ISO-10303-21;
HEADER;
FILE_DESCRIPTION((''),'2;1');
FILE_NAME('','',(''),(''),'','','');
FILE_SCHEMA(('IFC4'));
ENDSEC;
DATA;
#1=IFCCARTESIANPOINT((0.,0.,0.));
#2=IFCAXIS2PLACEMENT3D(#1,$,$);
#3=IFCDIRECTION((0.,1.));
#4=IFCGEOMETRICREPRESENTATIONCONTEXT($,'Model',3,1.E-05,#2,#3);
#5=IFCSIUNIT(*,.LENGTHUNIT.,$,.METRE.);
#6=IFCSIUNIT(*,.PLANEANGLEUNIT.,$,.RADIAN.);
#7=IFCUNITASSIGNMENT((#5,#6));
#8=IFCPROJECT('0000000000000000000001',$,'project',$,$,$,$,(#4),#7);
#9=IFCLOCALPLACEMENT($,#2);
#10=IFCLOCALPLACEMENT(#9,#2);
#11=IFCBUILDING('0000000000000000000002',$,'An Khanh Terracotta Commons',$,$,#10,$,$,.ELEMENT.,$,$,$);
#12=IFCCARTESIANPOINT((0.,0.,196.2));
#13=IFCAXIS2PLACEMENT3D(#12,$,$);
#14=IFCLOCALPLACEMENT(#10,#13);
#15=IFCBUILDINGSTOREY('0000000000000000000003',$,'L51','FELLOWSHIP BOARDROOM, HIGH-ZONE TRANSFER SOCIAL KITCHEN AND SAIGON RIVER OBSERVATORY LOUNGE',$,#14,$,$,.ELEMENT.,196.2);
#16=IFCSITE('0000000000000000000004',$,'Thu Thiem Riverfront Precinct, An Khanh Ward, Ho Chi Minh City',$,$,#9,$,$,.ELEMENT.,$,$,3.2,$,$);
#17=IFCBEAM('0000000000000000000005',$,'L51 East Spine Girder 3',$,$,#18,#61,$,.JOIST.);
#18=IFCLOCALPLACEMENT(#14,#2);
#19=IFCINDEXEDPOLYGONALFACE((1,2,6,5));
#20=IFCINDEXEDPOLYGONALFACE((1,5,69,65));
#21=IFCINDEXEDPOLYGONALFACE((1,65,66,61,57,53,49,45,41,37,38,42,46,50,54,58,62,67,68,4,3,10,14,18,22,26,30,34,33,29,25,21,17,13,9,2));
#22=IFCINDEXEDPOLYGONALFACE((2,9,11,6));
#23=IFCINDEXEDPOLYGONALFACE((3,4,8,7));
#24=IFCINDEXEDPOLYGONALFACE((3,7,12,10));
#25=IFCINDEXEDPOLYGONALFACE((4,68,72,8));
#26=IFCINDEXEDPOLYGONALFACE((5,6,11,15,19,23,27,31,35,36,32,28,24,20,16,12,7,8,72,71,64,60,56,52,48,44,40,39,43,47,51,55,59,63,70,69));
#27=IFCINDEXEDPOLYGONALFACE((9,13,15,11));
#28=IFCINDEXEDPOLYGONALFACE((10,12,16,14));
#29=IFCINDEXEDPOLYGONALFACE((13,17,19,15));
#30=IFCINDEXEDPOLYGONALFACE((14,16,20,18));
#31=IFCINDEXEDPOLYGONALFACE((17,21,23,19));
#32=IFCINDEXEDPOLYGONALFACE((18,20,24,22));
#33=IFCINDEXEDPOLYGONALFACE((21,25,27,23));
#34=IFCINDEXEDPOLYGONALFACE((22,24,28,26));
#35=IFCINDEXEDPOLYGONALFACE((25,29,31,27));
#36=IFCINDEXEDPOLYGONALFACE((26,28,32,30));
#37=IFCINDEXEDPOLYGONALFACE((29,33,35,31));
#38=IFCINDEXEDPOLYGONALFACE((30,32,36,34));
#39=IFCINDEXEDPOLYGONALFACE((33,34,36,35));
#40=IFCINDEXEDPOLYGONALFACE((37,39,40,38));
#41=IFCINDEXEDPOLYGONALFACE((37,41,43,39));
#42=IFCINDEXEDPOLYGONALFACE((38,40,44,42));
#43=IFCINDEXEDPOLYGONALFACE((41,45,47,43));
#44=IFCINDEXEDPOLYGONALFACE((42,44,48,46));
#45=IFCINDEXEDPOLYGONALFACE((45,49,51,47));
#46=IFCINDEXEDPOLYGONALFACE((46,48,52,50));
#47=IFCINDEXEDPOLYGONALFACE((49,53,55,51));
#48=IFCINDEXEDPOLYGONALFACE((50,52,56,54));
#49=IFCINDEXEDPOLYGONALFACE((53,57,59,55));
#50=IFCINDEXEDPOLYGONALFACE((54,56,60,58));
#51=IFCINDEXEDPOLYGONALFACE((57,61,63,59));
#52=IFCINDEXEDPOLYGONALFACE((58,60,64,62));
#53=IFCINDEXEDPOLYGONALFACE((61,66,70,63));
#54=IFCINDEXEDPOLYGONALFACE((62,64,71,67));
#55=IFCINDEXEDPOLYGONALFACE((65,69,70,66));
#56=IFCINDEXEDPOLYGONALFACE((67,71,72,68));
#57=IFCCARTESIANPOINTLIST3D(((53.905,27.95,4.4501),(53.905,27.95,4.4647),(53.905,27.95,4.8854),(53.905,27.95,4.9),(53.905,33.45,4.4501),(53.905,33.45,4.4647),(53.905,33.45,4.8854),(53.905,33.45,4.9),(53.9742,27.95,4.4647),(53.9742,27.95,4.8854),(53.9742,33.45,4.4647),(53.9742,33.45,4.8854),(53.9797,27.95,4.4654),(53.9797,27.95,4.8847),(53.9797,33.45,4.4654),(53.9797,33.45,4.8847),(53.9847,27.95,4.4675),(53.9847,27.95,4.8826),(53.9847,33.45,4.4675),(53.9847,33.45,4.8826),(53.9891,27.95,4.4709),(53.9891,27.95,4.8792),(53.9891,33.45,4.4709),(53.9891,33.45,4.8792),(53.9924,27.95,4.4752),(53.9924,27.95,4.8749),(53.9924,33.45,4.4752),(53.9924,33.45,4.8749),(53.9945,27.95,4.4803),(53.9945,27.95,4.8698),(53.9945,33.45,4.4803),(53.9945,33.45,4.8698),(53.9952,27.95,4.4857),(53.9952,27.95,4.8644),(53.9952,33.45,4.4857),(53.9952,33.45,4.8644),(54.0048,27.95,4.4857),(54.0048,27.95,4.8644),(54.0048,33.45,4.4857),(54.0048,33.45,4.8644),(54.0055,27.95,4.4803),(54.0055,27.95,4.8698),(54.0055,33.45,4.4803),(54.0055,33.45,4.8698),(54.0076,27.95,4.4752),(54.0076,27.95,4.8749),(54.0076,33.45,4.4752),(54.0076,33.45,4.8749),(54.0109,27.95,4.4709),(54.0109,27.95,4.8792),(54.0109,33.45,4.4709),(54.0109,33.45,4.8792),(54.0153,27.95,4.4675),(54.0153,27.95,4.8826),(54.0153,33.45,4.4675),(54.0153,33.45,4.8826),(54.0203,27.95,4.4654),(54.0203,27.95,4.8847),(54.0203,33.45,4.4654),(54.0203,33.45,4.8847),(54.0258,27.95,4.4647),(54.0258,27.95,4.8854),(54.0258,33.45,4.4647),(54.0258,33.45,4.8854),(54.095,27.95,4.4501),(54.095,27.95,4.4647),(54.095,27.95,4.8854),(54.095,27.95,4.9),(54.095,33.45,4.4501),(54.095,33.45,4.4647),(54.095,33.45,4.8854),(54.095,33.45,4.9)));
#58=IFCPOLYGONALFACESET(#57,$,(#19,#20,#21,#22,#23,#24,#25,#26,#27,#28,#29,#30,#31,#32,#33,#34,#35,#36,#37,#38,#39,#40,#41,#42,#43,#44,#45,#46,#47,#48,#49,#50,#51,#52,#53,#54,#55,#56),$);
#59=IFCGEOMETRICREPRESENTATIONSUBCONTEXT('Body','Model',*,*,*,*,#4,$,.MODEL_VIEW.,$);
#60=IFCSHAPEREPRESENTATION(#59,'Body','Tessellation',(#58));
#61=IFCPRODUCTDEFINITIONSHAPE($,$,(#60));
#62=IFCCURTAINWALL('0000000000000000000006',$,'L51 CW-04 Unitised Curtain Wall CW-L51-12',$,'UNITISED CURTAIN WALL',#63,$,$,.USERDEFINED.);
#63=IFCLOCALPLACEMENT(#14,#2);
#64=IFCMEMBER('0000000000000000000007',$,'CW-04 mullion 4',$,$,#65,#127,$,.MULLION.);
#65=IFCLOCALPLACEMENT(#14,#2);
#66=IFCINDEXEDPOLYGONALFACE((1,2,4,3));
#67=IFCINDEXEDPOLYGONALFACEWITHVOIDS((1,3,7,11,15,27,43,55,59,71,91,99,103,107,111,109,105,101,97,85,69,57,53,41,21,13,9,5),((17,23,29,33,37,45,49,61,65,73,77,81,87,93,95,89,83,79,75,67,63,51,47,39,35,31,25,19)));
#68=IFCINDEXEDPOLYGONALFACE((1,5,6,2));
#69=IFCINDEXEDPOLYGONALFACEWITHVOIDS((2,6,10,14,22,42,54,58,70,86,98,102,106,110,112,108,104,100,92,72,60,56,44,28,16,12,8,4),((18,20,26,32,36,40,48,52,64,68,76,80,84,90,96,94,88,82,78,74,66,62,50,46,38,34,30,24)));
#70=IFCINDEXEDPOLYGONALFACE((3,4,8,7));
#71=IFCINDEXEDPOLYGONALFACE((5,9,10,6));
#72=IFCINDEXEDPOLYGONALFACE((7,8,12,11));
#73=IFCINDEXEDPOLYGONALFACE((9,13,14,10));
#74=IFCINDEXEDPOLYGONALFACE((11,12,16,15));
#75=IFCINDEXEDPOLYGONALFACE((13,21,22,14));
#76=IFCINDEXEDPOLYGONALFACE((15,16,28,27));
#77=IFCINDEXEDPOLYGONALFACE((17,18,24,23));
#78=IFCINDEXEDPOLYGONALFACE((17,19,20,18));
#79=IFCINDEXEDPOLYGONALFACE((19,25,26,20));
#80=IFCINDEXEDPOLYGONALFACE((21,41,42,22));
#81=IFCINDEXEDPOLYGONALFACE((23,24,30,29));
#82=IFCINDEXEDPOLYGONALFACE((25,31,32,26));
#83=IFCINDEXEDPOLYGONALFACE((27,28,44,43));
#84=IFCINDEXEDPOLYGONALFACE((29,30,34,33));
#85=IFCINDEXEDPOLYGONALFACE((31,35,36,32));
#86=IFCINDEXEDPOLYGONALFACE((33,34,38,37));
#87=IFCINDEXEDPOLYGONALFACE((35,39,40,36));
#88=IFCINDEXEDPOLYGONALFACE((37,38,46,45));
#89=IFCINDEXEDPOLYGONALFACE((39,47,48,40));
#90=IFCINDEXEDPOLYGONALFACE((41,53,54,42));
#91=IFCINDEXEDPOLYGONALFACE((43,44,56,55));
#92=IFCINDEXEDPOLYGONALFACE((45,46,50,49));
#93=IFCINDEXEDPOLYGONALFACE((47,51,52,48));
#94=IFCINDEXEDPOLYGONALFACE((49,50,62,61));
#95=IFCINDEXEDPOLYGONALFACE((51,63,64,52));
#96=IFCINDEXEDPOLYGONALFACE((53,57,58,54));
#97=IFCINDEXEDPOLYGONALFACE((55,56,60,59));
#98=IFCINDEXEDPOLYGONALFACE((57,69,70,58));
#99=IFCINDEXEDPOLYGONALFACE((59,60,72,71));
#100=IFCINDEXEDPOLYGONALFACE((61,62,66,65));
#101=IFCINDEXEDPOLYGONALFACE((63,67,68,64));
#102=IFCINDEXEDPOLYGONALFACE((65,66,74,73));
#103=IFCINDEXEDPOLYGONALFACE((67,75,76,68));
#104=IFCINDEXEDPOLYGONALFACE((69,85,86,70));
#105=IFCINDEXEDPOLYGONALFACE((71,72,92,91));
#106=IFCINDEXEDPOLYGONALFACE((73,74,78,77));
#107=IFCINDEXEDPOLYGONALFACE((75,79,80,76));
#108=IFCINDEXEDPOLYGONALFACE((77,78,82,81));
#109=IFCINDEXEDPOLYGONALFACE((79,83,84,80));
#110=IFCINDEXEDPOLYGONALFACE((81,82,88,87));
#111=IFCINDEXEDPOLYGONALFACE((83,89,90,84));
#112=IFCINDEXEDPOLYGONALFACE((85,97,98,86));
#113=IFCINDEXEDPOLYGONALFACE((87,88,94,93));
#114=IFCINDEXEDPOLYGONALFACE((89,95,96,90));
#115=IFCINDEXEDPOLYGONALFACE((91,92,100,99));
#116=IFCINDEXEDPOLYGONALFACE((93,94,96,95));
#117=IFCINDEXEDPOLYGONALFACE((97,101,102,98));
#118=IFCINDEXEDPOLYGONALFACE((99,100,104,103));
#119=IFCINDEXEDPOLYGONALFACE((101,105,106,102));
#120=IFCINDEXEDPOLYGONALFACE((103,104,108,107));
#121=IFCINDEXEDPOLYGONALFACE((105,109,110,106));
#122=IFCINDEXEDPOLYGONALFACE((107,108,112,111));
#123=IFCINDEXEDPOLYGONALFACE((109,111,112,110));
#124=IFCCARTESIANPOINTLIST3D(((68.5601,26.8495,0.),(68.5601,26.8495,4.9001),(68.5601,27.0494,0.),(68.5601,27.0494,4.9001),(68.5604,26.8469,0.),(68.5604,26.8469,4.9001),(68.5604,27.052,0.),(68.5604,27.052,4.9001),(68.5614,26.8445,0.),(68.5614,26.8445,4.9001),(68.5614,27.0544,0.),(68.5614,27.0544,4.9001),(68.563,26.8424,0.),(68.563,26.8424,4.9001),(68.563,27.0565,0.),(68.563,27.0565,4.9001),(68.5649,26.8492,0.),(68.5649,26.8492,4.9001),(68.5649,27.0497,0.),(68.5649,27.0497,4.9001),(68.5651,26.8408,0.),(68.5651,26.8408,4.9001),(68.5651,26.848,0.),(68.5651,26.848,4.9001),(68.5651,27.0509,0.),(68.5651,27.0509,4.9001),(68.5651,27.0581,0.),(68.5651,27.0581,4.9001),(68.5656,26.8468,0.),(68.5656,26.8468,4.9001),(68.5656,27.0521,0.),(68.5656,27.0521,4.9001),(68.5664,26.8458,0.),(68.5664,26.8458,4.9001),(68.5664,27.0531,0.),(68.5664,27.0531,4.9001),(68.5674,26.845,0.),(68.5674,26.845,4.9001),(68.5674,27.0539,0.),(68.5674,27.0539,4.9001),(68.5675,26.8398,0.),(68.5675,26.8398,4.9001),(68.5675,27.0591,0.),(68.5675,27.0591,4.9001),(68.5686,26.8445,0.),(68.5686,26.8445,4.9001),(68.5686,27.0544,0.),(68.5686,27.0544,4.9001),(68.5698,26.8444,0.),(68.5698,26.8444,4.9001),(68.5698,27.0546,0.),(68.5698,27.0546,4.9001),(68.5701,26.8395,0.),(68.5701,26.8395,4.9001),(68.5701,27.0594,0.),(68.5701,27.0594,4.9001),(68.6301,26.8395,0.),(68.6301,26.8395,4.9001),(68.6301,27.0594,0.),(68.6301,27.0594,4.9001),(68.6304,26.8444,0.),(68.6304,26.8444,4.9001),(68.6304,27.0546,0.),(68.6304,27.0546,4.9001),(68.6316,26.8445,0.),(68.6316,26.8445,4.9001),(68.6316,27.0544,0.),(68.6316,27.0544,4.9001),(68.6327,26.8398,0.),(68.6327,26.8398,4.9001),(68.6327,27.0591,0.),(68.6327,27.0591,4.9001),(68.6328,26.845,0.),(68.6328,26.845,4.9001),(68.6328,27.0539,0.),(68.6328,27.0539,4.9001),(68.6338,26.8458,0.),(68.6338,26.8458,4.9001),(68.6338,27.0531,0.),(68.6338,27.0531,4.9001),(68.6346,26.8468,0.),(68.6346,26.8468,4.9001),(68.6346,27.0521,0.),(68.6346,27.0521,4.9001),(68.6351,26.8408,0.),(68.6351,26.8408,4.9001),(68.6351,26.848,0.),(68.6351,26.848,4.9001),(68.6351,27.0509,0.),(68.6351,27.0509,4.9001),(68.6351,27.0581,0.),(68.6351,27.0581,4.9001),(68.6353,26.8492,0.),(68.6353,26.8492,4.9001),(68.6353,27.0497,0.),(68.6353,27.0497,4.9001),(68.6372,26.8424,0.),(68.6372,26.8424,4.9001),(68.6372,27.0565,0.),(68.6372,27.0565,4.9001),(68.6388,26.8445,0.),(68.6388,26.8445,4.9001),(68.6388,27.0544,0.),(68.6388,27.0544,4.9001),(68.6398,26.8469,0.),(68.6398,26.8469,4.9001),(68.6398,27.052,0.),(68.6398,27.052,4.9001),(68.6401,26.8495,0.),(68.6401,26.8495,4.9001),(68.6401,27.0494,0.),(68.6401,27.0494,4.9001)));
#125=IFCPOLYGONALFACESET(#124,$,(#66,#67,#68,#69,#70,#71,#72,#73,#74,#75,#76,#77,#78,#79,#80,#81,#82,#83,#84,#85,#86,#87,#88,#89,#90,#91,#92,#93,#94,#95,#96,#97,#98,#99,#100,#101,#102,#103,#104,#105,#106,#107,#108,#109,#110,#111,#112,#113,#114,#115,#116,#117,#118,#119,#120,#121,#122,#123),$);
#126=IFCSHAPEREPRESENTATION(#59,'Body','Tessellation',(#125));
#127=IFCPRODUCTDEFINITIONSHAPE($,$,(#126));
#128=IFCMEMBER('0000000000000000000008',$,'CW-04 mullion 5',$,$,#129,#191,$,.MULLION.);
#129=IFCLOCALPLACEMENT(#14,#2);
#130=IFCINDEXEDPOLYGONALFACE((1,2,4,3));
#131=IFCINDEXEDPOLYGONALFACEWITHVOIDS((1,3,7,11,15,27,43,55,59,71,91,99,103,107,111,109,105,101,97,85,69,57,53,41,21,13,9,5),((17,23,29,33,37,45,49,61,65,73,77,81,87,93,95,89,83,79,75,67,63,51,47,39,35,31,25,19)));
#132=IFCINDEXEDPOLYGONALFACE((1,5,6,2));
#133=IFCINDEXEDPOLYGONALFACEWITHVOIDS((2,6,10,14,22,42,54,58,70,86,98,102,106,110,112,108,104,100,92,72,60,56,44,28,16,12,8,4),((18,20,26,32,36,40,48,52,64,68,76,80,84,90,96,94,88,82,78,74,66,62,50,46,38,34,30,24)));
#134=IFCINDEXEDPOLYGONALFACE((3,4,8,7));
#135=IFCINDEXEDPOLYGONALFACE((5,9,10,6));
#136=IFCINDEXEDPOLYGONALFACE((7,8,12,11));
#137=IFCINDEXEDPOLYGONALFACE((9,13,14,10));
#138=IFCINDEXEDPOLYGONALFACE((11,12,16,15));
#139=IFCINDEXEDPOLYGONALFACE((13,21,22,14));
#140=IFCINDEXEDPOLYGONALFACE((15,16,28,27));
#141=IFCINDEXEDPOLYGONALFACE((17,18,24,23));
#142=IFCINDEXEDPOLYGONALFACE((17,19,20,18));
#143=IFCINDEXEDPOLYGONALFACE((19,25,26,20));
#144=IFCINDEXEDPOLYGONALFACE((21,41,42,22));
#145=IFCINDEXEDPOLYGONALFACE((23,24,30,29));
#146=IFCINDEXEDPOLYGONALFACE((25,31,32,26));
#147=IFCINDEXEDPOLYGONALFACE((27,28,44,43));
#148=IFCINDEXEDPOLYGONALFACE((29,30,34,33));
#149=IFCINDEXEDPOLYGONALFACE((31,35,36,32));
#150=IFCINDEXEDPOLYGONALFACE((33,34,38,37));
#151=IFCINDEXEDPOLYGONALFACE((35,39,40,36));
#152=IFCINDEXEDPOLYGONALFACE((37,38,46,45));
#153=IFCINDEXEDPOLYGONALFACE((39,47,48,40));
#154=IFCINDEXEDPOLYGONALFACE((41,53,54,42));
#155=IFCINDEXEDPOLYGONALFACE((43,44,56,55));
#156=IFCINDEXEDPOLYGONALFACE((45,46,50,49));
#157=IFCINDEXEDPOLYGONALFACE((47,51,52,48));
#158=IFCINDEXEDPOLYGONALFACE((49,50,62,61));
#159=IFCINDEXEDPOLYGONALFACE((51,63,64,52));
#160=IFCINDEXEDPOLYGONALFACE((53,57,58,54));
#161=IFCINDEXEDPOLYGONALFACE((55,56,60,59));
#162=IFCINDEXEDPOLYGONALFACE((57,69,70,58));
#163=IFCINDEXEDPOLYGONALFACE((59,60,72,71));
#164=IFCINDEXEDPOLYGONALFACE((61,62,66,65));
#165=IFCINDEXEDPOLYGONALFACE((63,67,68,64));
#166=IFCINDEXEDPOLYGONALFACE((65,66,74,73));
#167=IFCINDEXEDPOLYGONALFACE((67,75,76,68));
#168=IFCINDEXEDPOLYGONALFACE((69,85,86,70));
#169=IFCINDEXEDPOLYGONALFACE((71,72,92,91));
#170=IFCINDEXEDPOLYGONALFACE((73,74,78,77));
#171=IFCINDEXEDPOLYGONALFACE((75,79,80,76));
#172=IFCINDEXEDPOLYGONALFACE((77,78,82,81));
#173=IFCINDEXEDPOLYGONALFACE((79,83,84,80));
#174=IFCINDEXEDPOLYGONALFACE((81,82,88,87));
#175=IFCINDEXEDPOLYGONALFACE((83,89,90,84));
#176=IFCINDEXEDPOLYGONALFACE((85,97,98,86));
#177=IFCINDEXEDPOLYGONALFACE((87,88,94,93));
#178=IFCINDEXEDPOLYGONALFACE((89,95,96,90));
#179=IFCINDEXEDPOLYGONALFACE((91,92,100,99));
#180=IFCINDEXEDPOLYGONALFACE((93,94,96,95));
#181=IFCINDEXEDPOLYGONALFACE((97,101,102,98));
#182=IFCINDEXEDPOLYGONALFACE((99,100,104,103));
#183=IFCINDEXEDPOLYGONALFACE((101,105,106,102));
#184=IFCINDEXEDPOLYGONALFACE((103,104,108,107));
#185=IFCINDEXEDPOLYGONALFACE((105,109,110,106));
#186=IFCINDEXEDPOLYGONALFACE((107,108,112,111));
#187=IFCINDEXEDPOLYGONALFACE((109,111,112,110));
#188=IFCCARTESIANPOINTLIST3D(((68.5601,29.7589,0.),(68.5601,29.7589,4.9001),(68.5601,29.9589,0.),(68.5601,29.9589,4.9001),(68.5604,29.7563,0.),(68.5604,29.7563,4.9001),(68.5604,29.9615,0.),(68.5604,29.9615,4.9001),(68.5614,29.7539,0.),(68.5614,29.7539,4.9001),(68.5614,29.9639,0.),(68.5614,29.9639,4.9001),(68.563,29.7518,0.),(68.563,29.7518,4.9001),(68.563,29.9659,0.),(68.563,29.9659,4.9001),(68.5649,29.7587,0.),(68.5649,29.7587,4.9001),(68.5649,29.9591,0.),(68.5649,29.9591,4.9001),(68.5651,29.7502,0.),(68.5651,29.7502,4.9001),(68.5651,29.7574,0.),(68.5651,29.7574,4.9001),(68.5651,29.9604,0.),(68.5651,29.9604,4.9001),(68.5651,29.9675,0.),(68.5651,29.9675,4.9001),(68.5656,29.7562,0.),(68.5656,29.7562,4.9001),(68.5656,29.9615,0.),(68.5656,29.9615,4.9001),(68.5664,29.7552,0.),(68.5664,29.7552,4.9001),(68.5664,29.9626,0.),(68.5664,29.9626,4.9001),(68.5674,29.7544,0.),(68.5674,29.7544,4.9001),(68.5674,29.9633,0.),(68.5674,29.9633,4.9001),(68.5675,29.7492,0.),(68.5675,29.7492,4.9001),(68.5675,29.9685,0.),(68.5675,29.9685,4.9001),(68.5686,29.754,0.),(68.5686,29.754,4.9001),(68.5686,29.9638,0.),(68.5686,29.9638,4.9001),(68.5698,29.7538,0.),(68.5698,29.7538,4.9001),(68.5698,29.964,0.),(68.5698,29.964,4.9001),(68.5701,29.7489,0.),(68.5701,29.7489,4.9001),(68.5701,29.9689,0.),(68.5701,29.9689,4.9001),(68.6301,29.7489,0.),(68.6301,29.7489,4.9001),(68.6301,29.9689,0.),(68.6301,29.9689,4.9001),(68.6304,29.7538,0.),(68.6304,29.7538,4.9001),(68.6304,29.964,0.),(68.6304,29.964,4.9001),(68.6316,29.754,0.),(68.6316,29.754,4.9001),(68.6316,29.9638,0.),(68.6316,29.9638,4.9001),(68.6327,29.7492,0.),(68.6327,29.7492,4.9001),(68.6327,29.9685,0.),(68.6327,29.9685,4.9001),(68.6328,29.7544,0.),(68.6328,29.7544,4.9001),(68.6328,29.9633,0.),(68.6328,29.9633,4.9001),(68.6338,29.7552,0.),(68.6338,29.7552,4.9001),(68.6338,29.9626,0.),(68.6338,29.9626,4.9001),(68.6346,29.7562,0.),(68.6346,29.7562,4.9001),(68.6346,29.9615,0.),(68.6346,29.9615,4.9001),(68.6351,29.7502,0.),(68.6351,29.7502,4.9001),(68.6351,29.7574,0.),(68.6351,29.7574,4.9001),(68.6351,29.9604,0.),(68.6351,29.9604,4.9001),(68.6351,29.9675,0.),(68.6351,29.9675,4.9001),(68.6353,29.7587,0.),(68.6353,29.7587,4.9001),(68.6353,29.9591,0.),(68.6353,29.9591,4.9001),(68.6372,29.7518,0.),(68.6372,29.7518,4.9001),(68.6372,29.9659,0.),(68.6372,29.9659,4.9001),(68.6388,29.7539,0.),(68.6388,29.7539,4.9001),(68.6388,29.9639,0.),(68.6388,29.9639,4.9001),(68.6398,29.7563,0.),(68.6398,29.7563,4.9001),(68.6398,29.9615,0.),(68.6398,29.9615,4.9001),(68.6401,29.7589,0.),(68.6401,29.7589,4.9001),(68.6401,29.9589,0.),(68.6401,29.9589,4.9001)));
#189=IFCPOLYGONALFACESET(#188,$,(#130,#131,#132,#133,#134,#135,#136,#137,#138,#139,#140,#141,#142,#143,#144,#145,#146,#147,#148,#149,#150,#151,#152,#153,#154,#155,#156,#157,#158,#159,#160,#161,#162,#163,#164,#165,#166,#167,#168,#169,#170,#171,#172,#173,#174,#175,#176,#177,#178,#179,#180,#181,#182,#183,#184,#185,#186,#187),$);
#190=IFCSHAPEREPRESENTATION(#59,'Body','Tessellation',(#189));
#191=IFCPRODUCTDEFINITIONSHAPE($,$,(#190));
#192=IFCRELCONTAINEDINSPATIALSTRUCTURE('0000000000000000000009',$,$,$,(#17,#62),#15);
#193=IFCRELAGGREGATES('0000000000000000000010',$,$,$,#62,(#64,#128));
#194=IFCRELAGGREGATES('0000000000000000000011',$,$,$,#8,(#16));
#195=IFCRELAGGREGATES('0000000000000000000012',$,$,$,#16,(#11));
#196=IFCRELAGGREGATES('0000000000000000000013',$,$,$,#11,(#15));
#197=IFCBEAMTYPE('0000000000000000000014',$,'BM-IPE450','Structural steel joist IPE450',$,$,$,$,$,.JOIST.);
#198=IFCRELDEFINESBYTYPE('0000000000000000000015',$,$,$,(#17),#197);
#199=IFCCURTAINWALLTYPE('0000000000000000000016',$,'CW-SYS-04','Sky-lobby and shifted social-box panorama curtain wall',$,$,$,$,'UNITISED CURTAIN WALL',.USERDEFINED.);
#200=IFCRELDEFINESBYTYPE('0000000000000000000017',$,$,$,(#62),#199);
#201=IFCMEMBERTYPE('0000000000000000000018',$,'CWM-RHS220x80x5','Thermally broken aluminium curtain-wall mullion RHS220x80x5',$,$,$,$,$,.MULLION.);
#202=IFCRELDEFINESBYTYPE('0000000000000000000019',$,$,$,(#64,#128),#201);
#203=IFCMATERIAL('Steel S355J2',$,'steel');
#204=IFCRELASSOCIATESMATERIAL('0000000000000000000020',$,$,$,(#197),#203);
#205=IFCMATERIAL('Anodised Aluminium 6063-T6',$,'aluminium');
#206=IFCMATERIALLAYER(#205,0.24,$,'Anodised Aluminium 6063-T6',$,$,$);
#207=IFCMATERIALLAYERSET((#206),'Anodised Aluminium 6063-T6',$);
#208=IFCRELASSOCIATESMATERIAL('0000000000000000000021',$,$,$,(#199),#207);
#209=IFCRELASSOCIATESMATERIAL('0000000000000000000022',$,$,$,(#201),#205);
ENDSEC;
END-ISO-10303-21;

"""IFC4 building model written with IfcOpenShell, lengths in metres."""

from ifc_helpers import new_model, si_unit, direction, frame, origin, origin_2d, place, context, subcontext, project, spatial, hollow_rectangle, i_section, extrude, material, layer, layer_set, material_profile, profile_set, type_object, element, aggregate, save


model = new_model("IFC4")

# Units and contexts
model_context = context("Model", 3, precision=1e-05, world=origin(), true_north=direction((0.0, 1.0)))
body_context = subcontext(model_context, "Body", "Model", "MODEL_VIEW")
ifc_project = project(units=[si_unit("LENGTHUNIT", "METRE"), si_unit("PLANEANGLEUNIT", "RADIAN")], contexts=[model_context])

# Site, building, storey
site_placement = place(None, origin())
site = spatial("IfcSite", under=ifc_project, at=site_placement, Name="Thu Thiem Riverfront Precinct, An Khanh Ward, Ho Chi Minh City", CompositionType="ELEMENT", RefElevation=3.2)
building_placement = place(site_placement, origin())
building = spatial("IfcBuilding", under=site, at=building_placement, Name="An Khanh Terracotta Commons", CompositionType="ELEMENT")
storey_placement = place(building_placement, frame((0.0, 0.0, 196.2)))
storey = spatial("IfcBuildingStorey", under=building, at=storey_placement, Name="L51", Description="FELLOWSHIP BOARDROOM, HIGH-ZONE TRANSFER SOCIAL KITCHEN AND SAIGON RIVER OBSERVATORY LOUNGE", CompositionType="ELEMENT", Elevation=196.2)

# Beam
ifc_material_1 = material(Name="Steel S355J2", Category="steel")
ifc_material_profile_1 = material_profile(ifc_material_1, i_section(OverallWidth=0.1899, OverallDepth=0.45, WebThickness=0.0095, FlangeThickness=0.0146, FilletRadius=0.021, at=origin_2d()), Name="IPE450")
ifc_profile_set_1 = profile_set([ifc_material_profile_1], Name="Steel S355J2")
beam_type_1 = type_object("IfcBeamType", Name="BM-IPE450", Description="Structural steel joist IPE450", PredefinedType="JOIST", material=ifc_profile_set_1)
beam_1_placement = place(storey_placement, frame((54.0, 27.95, 4.675), z_axis=(0.0, 1.0, 0.0), x_axis=(-1.0, 0.0, 0.0)))
element("IfcBeam", 1, at=beam_1_placement, inside=storey, type_object=beam_type_1, Name="L51 East Spine Girder 3", PredefinedType="JOIST", context=body_context, shape_type="SweptSolid", body=[
    extrude(i_section(OverallWidth=0.1899, OverallDepth=0.45, WebThickness=0.0095, FlangeThickness=0.0146, FilletRadius=0.021, at=origin_2d()), origin(), (0.0, 0.0, 1.0), 5.5),
])

# Curtain wall, members
ifc_material_2 = material(Name="Anodised Aluminium 6063-T6", Category="aluminium")
ifc_layer_1 = layer(ifc_material_2, 0.24, Name="Anodised Aluminium 6063-T6")
ifc_layer_set_1 = layer_set([ifc_layer_1], Name="Anodised Aluminium 6063-T6")
curtain_wall_type = type_object("IfcCurtainWallType", Name="CW-SYS-04", Description="Sky-lobby and shifted social-box panorama curtain wall", ElementType="UNITISED CURTAIN WALL", PredefinedType="USERDEFINED", material=ifc_layer_set_1)
curtain_wall_1_placement = place(storey_placement, origin())
curtain_wall_1 = element("IfcCurtainWall", 2, at=curtain_wall_1_placement, inside=storey, type_object=curtain_wall_type, Name="L51 CW-04 Unitised Curtain Wall CW-L51-12", ObjectType="UNITISED CURTAIN WALL", PredefinedType="USERDEFINED")
ifc_material_profile_2 = material_profile(ifc_material_2, hollow_rectangle(XDim=0.0801, YDim=0.22, WallThickness=0.0049, InnerFilletRadius=0.0049, OuterFilletRadius=0.01, at=origin_2d()), Name="RHS220x80x5")
ifc_profile_set_2 = profile_set([ifc_material_profile_2], Name="Anodised Aluminium 6063-T6")
member_type_1 = type_object("IfcMemberType", Name="CWM-RHS220x80x5", Description="Thermally broken aluminium curtain-wall mullion RHS220x80x5", PredefinedType="MULLION", material=ifc_profile_set_2)
member_1_placement = place(storey_placement, frame((68.6001, 26.9495, 0.0), z_axis=(0.0, 0.0, 1.0), x_axis=(-1.0, 0.0, 0.0)))
member_1 = element("IfcMember", 3, at=member_1_placement, type_object=member_type_1, Name="CW-04 mullion 4", PredefinedType="MULLION", context=body_context, shape_type="SweptSolid", body=[
    extrude(hollow_rectangle(XDim=0.0801, YDim=0.22, WallThickness=0.0049, InnerFilletRadius=0.0049, OuterFilletRadius=0.01, at=origin_2d()), origin(), (0.0, 0.0, 1.0), 4.9001),
])
member_2_placement = place(storey_placement, frame((68.6001, 29.8589, 0.0), z_axis=(0.0, 0.0, 1.0), x_axis=(-1.0, 0.0, 0.0)))
member_2 = element("IfcMember", 4, at=member_2_placement, type_object=member_type_1, Name="CW-04 mullion 5", PredefinedType="MULLION", context=body_context, shape_type="SweptSolid", body=[
    extrude(hollow_rectangle(XDim=0.0801, YDim=0.22, WallThickness=0.0049, InnerFilletRadius=0.0049, OuterFilletRadius=0.01, at=origin_2d()), origin(), (0.0, 0.0, 1.0), 4.9001),
])

aggregate(curtain_wall_1, [member_1, member_2])

save(model, "model.ifc")
